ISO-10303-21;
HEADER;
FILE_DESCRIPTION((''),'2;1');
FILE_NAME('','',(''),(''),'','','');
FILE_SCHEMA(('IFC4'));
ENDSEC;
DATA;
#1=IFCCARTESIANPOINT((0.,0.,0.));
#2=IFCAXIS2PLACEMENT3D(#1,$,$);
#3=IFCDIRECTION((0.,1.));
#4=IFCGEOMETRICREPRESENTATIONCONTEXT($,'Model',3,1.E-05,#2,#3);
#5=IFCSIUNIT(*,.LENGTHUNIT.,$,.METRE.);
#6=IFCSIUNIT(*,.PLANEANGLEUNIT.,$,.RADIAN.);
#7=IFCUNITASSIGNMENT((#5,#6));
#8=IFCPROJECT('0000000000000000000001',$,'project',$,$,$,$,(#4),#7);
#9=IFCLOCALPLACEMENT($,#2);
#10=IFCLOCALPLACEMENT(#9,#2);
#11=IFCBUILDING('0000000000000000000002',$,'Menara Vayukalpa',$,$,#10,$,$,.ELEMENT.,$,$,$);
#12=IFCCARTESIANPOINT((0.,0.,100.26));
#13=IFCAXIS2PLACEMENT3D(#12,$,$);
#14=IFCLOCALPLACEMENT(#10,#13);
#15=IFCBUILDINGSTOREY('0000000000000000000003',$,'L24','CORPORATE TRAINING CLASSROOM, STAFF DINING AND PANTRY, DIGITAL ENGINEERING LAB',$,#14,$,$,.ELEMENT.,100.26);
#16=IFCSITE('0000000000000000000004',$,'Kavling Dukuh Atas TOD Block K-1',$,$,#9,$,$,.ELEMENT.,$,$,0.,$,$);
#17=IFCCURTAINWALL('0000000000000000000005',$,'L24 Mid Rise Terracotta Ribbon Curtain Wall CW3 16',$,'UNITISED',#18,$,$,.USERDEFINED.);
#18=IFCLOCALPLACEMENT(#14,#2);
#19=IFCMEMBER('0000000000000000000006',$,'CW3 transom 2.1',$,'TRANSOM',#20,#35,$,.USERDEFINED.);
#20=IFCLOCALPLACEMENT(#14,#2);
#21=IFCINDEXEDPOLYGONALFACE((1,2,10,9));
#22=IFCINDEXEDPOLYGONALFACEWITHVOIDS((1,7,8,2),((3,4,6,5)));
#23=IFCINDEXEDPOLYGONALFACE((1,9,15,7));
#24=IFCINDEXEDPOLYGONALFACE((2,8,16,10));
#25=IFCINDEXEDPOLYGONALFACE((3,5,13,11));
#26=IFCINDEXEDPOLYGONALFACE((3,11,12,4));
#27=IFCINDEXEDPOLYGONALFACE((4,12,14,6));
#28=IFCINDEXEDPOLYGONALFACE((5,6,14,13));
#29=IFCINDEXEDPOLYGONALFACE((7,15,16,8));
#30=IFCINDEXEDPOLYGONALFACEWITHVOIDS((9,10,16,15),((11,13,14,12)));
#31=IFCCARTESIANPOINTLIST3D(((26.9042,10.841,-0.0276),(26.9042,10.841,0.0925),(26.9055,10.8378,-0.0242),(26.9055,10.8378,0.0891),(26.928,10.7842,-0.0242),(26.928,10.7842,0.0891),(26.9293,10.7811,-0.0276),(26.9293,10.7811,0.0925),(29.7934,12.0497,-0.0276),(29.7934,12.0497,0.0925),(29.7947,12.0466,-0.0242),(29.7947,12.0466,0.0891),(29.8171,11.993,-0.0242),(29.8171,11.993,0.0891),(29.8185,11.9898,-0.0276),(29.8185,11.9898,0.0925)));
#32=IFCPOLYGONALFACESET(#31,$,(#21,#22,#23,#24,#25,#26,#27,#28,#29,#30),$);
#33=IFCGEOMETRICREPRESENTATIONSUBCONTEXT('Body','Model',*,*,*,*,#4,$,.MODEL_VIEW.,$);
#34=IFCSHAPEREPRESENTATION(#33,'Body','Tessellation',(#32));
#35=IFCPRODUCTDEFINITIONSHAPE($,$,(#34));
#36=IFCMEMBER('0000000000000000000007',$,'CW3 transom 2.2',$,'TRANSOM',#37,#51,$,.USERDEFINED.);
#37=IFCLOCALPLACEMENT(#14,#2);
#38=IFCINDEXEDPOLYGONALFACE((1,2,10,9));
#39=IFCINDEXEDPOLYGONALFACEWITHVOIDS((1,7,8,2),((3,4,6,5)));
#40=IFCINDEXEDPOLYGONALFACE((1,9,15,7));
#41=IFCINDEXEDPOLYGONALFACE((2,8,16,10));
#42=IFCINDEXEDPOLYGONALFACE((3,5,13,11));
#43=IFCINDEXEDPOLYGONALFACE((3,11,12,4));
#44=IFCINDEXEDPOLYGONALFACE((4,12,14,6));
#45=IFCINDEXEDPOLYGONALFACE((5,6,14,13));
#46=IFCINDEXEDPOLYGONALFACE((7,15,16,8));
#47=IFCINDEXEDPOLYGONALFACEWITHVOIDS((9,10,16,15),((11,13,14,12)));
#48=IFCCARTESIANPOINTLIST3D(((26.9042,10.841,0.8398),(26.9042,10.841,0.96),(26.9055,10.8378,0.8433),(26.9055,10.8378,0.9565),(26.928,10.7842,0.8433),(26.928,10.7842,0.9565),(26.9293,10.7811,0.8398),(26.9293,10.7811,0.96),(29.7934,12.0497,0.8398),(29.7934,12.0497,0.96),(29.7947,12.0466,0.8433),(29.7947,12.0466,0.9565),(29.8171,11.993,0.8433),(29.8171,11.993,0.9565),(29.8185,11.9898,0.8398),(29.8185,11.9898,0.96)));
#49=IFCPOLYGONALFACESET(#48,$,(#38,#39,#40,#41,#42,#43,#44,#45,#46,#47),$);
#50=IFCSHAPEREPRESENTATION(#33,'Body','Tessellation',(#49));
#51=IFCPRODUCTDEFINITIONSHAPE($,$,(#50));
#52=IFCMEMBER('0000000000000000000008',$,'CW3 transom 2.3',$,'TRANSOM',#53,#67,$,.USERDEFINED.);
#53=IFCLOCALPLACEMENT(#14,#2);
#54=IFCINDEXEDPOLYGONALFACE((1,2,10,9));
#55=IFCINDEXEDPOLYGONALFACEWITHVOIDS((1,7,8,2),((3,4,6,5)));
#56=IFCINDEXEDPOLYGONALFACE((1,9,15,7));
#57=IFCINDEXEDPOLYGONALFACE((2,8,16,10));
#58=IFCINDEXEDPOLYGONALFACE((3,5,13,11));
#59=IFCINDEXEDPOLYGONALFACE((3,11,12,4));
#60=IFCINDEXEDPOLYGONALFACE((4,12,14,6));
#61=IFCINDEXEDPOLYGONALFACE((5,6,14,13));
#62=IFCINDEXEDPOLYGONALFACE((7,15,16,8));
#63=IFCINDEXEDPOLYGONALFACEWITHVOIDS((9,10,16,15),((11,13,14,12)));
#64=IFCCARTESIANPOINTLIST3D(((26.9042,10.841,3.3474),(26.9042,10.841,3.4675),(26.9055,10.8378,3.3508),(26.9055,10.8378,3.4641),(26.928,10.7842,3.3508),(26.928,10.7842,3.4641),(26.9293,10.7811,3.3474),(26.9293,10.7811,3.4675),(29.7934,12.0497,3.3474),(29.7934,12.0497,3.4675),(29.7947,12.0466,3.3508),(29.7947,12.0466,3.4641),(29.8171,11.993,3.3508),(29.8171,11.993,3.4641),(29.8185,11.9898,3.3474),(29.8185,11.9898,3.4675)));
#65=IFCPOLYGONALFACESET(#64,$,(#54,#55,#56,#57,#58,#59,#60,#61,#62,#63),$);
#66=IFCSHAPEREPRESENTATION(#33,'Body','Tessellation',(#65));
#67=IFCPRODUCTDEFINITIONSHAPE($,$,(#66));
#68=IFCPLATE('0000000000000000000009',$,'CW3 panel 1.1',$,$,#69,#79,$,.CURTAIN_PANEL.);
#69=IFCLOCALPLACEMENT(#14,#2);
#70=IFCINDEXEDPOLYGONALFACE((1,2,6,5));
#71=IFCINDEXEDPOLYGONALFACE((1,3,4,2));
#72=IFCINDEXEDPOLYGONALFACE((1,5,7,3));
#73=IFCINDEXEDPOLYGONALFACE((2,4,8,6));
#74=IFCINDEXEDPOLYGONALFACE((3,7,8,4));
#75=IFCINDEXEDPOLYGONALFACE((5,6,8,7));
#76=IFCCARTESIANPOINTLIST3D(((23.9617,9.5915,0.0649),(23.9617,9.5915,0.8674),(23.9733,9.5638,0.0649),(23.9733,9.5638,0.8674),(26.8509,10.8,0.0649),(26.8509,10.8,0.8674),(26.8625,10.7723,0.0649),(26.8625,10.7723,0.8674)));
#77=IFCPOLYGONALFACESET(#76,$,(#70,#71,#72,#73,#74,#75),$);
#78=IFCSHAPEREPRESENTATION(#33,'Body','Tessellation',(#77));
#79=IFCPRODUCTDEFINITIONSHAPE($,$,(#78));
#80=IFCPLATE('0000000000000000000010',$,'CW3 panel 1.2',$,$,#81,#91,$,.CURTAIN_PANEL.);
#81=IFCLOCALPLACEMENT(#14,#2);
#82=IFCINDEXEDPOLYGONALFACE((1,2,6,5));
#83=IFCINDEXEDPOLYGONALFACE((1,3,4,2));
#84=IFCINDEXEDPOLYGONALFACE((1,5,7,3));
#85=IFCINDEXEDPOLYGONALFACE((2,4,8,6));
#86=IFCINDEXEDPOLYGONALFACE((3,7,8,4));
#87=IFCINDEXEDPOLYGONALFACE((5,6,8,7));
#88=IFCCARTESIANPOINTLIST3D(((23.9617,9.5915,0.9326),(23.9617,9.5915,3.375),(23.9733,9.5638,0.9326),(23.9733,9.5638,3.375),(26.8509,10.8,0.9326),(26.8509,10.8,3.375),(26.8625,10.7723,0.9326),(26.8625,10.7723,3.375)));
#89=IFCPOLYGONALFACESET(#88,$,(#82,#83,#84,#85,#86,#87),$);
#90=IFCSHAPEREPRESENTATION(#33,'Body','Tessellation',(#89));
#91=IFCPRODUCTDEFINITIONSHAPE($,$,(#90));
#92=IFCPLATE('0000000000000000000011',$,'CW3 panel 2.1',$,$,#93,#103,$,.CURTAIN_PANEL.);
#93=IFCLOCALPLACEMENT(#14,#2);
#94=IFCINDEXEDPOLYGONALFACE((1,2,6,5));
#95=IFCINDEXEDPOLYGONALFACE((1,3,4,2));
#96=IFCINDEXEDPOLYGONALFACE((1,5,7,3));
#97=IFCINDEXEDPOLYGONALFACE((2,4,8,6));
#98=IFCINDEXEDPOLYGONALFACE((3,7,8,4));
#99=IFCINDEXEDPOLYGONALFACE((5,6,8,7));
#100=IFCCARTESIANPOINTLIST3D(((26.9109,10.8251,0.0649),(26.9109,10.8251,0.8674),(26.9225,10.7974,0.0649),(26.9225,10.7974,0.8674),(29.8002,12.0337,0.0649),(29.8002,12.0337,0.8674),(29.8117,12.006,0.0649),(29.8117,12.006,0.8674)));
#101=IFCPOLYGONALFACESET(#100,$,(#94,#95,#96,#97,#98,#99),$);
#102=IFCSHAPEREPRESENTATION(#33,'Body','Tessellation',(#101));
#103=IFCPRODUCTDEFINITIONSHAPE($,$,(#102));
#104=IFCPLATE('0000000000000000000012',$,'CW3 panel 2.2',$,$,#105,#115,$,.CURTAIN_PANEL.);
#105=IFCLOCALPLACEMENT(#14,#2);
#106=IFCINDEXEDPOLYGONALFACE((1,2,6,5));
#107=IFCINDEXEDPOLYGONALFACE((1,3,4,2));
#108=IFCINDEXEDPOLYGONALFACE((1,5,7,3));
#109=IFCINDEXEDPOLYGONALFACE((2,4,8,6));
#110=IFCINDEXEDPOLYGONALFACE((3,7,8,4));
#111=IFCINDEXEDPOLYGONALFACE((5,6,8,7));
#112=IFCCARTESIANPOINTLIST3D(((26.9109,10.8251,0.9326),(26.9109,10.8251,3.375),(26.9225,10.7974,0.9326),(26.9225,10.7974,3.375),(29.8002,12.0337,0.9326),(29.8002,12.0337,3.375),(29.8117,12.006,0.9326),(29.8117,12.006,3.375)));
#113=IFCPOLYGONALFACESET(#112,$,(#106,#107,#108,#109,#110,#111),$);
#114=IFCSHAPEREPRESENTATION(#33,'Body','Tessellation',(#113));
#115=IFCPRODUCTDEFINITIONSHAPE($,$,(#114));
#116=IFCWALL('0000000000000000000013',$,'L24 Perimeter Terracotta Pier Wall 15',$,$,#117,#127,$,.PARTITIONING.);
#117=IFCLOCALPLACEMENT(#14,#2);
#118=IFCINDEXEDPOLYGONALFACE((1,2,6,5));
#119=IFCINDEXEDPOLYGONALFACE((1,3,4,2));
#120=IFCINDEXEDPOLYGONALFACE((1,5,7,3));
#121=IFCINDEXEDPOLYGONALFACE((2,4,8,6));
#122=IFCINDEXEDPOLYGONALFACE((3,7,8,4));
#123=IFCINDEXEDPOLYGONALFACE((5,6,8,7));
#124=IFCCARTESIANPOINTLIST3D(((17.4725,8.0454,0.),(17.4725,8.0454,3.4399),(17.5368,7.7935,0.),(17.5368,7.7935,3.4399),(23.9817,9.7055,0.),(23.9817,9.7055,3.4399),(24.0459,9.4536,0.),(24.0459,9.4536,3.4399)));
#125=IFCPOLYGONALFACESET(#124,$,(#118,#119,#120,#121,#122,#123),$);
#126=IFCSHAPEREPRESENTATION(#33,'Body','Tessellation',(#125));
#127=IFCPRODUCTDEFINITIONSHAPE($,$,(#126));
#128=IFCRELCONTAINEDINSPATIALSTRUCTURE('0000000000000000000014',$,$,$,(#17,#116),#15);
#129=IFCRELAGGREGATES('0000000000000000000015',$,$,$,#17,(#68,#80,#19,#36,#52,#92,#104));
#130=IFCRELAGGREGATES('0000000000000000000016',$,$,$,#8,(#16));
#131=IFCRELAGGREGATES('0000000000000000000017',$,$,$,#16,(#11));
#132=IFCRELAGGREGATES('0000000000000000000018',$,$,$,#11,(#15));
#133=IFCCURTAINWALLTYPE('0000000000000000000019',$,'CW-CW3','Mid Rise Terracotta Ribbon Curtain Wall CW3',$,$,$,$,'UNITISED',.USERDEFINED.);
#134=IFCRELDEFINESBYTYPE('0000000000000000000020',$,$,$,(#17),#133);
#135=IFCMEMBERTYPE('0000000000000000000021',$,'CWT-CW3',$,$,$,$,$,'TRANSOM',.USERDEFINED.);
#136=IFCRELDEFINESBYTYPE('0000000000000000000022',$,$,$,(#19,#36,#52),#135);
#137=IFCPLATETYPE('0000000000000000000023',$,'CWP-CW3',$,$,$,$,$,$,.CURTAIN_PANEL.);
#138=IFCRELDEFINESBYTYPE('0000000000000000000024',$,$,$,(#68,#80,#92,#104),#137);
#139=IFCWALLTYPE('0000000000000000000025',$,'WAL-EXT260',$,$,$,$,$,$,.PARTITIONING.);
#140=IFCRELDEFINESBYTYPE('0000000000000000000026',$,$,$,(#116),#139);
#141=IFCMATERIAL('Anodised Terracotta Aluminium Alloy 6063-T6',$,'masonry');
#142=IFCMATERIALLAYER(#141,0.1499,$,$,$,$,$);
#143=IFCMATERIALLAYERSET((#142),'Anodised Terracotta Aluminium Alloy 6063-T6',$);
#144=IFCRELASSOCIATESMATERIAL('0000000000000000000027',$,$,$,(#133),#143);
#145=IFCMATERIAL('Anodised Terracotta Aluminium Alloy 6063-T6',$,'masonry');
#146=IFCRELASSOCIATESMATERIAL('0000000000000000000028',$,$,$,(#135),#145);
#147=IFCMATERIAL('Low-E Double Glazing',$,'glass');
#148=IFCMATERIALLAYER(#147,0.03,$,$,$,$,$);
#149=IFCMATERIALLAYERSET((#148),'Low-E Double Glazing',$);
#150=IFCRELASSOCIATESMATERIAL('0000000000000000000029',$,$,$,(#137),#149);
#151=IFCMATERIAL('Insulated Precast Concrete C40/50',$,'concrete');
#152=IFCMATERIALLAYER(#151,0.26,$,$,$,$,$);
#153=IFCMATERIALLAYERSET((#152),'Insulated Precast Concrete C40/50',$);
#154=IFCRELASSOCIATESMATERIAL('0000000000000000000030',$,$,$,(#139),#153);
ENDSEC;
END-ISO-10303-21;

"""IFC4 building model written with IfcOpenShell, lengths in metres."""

from ifc_helpers import new_model, si_unit, direction, frame, frame_2d, origin, origin_2d, place, context, subcontext, project, spatial, rectangle, hollow_rectangle, extrude, material, layer, layer_set, material_profile, profile_set, type_object, element, aggregate, save


model = new_model("IFC4")

# Units and contexts
model_context = context("Model", 3, precision=1e-05, world=origin(), true_north=direction((0.0, 1.0)))
body_context = subcontext(model_context, "Body", "Model", "MODEL_VIEW")
ifc_project = project(units=[si_unit("LENGTHUNIT", "METRE"), si_unit("PLANEANGLEUNIT", "RADIAN")], contexts=[model_context])

# Site, building, storey
site_placement = place(None, origin())
site = spatial("IfcSite", under=ifc_project, at=site_placement, Name="Kavling Dukuh Atas TOD Block K-1", CompositionType="ELEMENT", RefElevation=0.0)
building_placement = place(site_placement, origin())
building = spatial("IfcBuilding", under=site, at=building_placement, Name="Menara Vayukalpa", CompositionType="ELEMENT")
storey_placement = place(building_placement, frame((0.0, 0.0, 100.26)))
storey = spatial("IfcBuildingStorey", under=building, at=storey_placement, Name="L24", Description="CORPORATE TRAINING CLASSROOM, STAFF DINING AND PANTRY, DIGITAL ENGINEERING LAB", CompositionType="ELEMENT", Elevation=100.26)

# Curtain wall, members, plates
ifc_material_1 = material(Name="Anodised Terracotta Aluminium Alloy 6063-T6", Category="masonry")
ifc_layer_1 = layer(ifc_material_1, 0.1499)
ifc_layer_set_1 = layer_set([ifc_layer_1], Name="Anodised Terracotta Aluminium Alloy 6063-T6")
curtain_wall_type = type_object("IfcCurtainWallType", Name="CW-CW3", Description="Mid Rise Terracotta Ribbon Curtain Wall CW3", ElementType="UNITISED", PredefinedType="USERDEFINED", material=ifc_layer_set_1)
curtain_wall_placement = place(storey_placement, origin())
curtain_wall = element("IfcCurtainWall", 1, at=curtain_wall_placement, inside=storey, type_object=curtain_wall_type, Name="L24 Mid Rise Terracotta Ribbon Curtain Wall CW3 16", ObjectType="UNITISED", PredefinedType="USERDEFINED")
ifc_material_2 = material(Name="Anodised Terracotta Aluminium Alloy 6063-T6", Category="masonry")
ifc_material_profile_1 = material_profile(ifc_material_2, hollow_rectangle(XDim=0.0649, YDim=0.1201, WallThickness=0.0034, at=origin_2d()), Name="ALU 65x120x3.5")
ifc_profile_set_1 = profile_set([ifc_material_profile_1], Name="Anodised Terracotta Aluminium Alloy 6063-T6")
member_type_1 = type_object("IfcMemberType", Name="CWT-CW3", ElementType="TRANSOM", PredefinedType="USERDEFINED", material=ifc_profile_set_1)
member_1_placement = place(storey_placement, frame((26.9167, 10.811, 0.0325), z_axis=(0.922518, 0.385955, 0.0), x_axis=(-0.385955, 0.922518, 0.0)))
member_1 = element("IfcMember", 2, at=member_1_placement, type_object=member_type_1, Name="CW3 transom 2.1", ObjectType="TRANSOM", PredefinedType="USERDEFINED", context=body_context, shape_type="SweptSolid", body=[
    extrude(hollow_rectangle(XDim=0.0649, YDim=0.1201, WallThickness=0.0034, at=origin_2d()), origin(), (0.0, 0.0, 1.0), 3.1318),
])
member_2_placement = place(storey_placement, frame((26.9167, 10.811, 0.8999), z_axis=(0.922518, 0.385955, 0.0), x_axis=(-0.385955, 0.922518, 0.0)))
member_2 = element("IfcMember", 3, at=member_2_placement, type_object=member_type_1, Name="CW3 transom 2.2", ObjectType="TRANSOM", PredefinedType="USERDEFINED", context=body_context, shape_type="SweptSolid", body=[
    extrude(hollow_rectangle(XDim=0.0649, YDim=0.1201, WallThickness=0.0034, at=origin_2d()), origin(), (0.0, 0.0, 1.0), 3.1318),
])
member_3_placement = place(storey_placement, frame((26.9167, 10.811, 3.4075), z_axis=(0.922518, 0.385955, 0.0), x_axis=(-0.385955, 0.922518, 0.0)))
member_3 = element("IfcMember", 4, at=member_3_placement, type_object=member_type_1, Name="CW3 transom 2.3", ObjectType="TRANSOM", PredefinedType="USERDEFINED", context=body_context, shape_type="SweptSolid", body=[
    extrude(hollow_rectangle(XDim=0.0649, YDim=0.1201, WallThickness=0.0034, at=origin_2d()), origin(), (0.0, 0.0, 1.0), 3.1318),
])
ifc_material_3 = material(Name="Low-E Double Glazing", Category="glass")
ifc_layer_2 = layer(ifc_material_3, 0.03)
ifc_layer_set_2 = layer_set([ifc_layer_2], Name="Low-E Double Glazing")
plate_type = type_object("IfcPlateType", Name="CWP-CW3", PredefinedType="CURTAIN_PANEL", material=ifc_layer_set_2)
plate_1_placement = place(storey_placement, frame((25.4121, 10.1819, 0.0649), z_axis=(0.0, 0.0, 1.0), x_axis=(0.922543, 0.385894, 0.0)))
plate_1 = element("IfcPlate", 5, at=plate_1_placement, type_object=plate_type, Name="CW3 panel 1.1", PredefinedType="CURTAIN_PANEL", context=body_context, shape_type="SweptSolid", body=[
    extrude(rectangle(XDim=3.1318, YDim=0.03, at=origin_2d()), origin(), (0.0, 0.0, 1.0), 0.8025),
])
plate_2_placement = place(storey_placement, frame((25.4121, 10.1819, 0.9326), z_axis=(0.0, 0.0, 1.0), x_axis=(0.922543, 0.385894, 0.0)))
plate_2 = element("IfcPlate", 6, at=plate_2_placement, type_object=plate_type, Name="CW3 panel 1.2", PredefinedType="CURTAIN_PANEL", context=body_context, shape_type="SweptSolid", body=[
    extrude(rectangle(XDim=3.1318, YDim=0.03, at=origin_2d()), origin(), (0.0, 0.0, 1.0), 2.4424),
])
plate_3_placement = place(storey_placement, frame((28.3613, 11.4155, 0.0649), z_axis=(0.0, 0.0, 1.0), x_axis=(0.922543, 0.385894, 0.0)))
plate_3 = element("IfcPlate", 7, at=plate_3_placement, type_object=plate_type, Name="CW3 panel 2.1", PredefinedType="CURTAIN_PANEL", context=body_context, shape_type="SweptSolid", body=[
    extrude(rectangle(XDim=3.1318, YDim=0.03, at=origin_2d()), origin(), (0.0, 0.0, 1.0), 0.8025),
])
plate_4_placement = place(storey_placement, frame((28.3613, 11.4155, 0.9326), z_axis=(0.0, 0.0, 1.0), x_axis=(0.922543, 0.385894, 0.0)))
plate_4 = element("IfcPlate", 8, at=plate_4_placement, type_object=plate_type, Name="CW3 panel 2.2", PredefinedType="CURTAIN_PANEL", context=body_context, shape_type="SweptSolid", body=[
    extrude(rectangle(XDim=3.1318, YDim=0.03, at=origin_2d()), origin(), (0.0, 0.0, 1.0), 2.4424),
])
aggregate(curtain_wall, [plate_1, plate_2, member_1, member_2, member_3, plate_3, plate_4])

# Wall
ifc_material_4 = material(Name="Insulated Precast Concrete C40/50", Category="concrete")
ifc_layer_3 = layer(ifc_material_4, 0.26)
ifc_layer_set_3 = layer_set([ifc_layer_3], Name="Insulated Precast Concrete C40/50")
wall_type = type_object("IfcWallType", Name="WAL-EXT260", PredefinedType="PARTITIONING", material=ifc_layer_set_3)
wall_placement = place(storey_placement, frame((24.0139, 9.5796, 0.0), z_axis=(0.0, 0.0, 1.0), x_axis=(-0.968981, -0.247134, 0.0)))
element("IfcWall", 9, at=wall_placement, inside=storey, type_object=wall_type, Name="L24 Perimeter Terracotta Pier Wall 15", PredefinedType="PARTITIONING", context=body_context, shape_type="SweptSolid", body=[
    extrude(rectangle(XDim=6.7175, YDim=0.26, at=frame_2d((3.3589, 0.0))), origin(), (0.0, 0.0, 1.0), 3.4399),
])

save(model, "model.ifc")
